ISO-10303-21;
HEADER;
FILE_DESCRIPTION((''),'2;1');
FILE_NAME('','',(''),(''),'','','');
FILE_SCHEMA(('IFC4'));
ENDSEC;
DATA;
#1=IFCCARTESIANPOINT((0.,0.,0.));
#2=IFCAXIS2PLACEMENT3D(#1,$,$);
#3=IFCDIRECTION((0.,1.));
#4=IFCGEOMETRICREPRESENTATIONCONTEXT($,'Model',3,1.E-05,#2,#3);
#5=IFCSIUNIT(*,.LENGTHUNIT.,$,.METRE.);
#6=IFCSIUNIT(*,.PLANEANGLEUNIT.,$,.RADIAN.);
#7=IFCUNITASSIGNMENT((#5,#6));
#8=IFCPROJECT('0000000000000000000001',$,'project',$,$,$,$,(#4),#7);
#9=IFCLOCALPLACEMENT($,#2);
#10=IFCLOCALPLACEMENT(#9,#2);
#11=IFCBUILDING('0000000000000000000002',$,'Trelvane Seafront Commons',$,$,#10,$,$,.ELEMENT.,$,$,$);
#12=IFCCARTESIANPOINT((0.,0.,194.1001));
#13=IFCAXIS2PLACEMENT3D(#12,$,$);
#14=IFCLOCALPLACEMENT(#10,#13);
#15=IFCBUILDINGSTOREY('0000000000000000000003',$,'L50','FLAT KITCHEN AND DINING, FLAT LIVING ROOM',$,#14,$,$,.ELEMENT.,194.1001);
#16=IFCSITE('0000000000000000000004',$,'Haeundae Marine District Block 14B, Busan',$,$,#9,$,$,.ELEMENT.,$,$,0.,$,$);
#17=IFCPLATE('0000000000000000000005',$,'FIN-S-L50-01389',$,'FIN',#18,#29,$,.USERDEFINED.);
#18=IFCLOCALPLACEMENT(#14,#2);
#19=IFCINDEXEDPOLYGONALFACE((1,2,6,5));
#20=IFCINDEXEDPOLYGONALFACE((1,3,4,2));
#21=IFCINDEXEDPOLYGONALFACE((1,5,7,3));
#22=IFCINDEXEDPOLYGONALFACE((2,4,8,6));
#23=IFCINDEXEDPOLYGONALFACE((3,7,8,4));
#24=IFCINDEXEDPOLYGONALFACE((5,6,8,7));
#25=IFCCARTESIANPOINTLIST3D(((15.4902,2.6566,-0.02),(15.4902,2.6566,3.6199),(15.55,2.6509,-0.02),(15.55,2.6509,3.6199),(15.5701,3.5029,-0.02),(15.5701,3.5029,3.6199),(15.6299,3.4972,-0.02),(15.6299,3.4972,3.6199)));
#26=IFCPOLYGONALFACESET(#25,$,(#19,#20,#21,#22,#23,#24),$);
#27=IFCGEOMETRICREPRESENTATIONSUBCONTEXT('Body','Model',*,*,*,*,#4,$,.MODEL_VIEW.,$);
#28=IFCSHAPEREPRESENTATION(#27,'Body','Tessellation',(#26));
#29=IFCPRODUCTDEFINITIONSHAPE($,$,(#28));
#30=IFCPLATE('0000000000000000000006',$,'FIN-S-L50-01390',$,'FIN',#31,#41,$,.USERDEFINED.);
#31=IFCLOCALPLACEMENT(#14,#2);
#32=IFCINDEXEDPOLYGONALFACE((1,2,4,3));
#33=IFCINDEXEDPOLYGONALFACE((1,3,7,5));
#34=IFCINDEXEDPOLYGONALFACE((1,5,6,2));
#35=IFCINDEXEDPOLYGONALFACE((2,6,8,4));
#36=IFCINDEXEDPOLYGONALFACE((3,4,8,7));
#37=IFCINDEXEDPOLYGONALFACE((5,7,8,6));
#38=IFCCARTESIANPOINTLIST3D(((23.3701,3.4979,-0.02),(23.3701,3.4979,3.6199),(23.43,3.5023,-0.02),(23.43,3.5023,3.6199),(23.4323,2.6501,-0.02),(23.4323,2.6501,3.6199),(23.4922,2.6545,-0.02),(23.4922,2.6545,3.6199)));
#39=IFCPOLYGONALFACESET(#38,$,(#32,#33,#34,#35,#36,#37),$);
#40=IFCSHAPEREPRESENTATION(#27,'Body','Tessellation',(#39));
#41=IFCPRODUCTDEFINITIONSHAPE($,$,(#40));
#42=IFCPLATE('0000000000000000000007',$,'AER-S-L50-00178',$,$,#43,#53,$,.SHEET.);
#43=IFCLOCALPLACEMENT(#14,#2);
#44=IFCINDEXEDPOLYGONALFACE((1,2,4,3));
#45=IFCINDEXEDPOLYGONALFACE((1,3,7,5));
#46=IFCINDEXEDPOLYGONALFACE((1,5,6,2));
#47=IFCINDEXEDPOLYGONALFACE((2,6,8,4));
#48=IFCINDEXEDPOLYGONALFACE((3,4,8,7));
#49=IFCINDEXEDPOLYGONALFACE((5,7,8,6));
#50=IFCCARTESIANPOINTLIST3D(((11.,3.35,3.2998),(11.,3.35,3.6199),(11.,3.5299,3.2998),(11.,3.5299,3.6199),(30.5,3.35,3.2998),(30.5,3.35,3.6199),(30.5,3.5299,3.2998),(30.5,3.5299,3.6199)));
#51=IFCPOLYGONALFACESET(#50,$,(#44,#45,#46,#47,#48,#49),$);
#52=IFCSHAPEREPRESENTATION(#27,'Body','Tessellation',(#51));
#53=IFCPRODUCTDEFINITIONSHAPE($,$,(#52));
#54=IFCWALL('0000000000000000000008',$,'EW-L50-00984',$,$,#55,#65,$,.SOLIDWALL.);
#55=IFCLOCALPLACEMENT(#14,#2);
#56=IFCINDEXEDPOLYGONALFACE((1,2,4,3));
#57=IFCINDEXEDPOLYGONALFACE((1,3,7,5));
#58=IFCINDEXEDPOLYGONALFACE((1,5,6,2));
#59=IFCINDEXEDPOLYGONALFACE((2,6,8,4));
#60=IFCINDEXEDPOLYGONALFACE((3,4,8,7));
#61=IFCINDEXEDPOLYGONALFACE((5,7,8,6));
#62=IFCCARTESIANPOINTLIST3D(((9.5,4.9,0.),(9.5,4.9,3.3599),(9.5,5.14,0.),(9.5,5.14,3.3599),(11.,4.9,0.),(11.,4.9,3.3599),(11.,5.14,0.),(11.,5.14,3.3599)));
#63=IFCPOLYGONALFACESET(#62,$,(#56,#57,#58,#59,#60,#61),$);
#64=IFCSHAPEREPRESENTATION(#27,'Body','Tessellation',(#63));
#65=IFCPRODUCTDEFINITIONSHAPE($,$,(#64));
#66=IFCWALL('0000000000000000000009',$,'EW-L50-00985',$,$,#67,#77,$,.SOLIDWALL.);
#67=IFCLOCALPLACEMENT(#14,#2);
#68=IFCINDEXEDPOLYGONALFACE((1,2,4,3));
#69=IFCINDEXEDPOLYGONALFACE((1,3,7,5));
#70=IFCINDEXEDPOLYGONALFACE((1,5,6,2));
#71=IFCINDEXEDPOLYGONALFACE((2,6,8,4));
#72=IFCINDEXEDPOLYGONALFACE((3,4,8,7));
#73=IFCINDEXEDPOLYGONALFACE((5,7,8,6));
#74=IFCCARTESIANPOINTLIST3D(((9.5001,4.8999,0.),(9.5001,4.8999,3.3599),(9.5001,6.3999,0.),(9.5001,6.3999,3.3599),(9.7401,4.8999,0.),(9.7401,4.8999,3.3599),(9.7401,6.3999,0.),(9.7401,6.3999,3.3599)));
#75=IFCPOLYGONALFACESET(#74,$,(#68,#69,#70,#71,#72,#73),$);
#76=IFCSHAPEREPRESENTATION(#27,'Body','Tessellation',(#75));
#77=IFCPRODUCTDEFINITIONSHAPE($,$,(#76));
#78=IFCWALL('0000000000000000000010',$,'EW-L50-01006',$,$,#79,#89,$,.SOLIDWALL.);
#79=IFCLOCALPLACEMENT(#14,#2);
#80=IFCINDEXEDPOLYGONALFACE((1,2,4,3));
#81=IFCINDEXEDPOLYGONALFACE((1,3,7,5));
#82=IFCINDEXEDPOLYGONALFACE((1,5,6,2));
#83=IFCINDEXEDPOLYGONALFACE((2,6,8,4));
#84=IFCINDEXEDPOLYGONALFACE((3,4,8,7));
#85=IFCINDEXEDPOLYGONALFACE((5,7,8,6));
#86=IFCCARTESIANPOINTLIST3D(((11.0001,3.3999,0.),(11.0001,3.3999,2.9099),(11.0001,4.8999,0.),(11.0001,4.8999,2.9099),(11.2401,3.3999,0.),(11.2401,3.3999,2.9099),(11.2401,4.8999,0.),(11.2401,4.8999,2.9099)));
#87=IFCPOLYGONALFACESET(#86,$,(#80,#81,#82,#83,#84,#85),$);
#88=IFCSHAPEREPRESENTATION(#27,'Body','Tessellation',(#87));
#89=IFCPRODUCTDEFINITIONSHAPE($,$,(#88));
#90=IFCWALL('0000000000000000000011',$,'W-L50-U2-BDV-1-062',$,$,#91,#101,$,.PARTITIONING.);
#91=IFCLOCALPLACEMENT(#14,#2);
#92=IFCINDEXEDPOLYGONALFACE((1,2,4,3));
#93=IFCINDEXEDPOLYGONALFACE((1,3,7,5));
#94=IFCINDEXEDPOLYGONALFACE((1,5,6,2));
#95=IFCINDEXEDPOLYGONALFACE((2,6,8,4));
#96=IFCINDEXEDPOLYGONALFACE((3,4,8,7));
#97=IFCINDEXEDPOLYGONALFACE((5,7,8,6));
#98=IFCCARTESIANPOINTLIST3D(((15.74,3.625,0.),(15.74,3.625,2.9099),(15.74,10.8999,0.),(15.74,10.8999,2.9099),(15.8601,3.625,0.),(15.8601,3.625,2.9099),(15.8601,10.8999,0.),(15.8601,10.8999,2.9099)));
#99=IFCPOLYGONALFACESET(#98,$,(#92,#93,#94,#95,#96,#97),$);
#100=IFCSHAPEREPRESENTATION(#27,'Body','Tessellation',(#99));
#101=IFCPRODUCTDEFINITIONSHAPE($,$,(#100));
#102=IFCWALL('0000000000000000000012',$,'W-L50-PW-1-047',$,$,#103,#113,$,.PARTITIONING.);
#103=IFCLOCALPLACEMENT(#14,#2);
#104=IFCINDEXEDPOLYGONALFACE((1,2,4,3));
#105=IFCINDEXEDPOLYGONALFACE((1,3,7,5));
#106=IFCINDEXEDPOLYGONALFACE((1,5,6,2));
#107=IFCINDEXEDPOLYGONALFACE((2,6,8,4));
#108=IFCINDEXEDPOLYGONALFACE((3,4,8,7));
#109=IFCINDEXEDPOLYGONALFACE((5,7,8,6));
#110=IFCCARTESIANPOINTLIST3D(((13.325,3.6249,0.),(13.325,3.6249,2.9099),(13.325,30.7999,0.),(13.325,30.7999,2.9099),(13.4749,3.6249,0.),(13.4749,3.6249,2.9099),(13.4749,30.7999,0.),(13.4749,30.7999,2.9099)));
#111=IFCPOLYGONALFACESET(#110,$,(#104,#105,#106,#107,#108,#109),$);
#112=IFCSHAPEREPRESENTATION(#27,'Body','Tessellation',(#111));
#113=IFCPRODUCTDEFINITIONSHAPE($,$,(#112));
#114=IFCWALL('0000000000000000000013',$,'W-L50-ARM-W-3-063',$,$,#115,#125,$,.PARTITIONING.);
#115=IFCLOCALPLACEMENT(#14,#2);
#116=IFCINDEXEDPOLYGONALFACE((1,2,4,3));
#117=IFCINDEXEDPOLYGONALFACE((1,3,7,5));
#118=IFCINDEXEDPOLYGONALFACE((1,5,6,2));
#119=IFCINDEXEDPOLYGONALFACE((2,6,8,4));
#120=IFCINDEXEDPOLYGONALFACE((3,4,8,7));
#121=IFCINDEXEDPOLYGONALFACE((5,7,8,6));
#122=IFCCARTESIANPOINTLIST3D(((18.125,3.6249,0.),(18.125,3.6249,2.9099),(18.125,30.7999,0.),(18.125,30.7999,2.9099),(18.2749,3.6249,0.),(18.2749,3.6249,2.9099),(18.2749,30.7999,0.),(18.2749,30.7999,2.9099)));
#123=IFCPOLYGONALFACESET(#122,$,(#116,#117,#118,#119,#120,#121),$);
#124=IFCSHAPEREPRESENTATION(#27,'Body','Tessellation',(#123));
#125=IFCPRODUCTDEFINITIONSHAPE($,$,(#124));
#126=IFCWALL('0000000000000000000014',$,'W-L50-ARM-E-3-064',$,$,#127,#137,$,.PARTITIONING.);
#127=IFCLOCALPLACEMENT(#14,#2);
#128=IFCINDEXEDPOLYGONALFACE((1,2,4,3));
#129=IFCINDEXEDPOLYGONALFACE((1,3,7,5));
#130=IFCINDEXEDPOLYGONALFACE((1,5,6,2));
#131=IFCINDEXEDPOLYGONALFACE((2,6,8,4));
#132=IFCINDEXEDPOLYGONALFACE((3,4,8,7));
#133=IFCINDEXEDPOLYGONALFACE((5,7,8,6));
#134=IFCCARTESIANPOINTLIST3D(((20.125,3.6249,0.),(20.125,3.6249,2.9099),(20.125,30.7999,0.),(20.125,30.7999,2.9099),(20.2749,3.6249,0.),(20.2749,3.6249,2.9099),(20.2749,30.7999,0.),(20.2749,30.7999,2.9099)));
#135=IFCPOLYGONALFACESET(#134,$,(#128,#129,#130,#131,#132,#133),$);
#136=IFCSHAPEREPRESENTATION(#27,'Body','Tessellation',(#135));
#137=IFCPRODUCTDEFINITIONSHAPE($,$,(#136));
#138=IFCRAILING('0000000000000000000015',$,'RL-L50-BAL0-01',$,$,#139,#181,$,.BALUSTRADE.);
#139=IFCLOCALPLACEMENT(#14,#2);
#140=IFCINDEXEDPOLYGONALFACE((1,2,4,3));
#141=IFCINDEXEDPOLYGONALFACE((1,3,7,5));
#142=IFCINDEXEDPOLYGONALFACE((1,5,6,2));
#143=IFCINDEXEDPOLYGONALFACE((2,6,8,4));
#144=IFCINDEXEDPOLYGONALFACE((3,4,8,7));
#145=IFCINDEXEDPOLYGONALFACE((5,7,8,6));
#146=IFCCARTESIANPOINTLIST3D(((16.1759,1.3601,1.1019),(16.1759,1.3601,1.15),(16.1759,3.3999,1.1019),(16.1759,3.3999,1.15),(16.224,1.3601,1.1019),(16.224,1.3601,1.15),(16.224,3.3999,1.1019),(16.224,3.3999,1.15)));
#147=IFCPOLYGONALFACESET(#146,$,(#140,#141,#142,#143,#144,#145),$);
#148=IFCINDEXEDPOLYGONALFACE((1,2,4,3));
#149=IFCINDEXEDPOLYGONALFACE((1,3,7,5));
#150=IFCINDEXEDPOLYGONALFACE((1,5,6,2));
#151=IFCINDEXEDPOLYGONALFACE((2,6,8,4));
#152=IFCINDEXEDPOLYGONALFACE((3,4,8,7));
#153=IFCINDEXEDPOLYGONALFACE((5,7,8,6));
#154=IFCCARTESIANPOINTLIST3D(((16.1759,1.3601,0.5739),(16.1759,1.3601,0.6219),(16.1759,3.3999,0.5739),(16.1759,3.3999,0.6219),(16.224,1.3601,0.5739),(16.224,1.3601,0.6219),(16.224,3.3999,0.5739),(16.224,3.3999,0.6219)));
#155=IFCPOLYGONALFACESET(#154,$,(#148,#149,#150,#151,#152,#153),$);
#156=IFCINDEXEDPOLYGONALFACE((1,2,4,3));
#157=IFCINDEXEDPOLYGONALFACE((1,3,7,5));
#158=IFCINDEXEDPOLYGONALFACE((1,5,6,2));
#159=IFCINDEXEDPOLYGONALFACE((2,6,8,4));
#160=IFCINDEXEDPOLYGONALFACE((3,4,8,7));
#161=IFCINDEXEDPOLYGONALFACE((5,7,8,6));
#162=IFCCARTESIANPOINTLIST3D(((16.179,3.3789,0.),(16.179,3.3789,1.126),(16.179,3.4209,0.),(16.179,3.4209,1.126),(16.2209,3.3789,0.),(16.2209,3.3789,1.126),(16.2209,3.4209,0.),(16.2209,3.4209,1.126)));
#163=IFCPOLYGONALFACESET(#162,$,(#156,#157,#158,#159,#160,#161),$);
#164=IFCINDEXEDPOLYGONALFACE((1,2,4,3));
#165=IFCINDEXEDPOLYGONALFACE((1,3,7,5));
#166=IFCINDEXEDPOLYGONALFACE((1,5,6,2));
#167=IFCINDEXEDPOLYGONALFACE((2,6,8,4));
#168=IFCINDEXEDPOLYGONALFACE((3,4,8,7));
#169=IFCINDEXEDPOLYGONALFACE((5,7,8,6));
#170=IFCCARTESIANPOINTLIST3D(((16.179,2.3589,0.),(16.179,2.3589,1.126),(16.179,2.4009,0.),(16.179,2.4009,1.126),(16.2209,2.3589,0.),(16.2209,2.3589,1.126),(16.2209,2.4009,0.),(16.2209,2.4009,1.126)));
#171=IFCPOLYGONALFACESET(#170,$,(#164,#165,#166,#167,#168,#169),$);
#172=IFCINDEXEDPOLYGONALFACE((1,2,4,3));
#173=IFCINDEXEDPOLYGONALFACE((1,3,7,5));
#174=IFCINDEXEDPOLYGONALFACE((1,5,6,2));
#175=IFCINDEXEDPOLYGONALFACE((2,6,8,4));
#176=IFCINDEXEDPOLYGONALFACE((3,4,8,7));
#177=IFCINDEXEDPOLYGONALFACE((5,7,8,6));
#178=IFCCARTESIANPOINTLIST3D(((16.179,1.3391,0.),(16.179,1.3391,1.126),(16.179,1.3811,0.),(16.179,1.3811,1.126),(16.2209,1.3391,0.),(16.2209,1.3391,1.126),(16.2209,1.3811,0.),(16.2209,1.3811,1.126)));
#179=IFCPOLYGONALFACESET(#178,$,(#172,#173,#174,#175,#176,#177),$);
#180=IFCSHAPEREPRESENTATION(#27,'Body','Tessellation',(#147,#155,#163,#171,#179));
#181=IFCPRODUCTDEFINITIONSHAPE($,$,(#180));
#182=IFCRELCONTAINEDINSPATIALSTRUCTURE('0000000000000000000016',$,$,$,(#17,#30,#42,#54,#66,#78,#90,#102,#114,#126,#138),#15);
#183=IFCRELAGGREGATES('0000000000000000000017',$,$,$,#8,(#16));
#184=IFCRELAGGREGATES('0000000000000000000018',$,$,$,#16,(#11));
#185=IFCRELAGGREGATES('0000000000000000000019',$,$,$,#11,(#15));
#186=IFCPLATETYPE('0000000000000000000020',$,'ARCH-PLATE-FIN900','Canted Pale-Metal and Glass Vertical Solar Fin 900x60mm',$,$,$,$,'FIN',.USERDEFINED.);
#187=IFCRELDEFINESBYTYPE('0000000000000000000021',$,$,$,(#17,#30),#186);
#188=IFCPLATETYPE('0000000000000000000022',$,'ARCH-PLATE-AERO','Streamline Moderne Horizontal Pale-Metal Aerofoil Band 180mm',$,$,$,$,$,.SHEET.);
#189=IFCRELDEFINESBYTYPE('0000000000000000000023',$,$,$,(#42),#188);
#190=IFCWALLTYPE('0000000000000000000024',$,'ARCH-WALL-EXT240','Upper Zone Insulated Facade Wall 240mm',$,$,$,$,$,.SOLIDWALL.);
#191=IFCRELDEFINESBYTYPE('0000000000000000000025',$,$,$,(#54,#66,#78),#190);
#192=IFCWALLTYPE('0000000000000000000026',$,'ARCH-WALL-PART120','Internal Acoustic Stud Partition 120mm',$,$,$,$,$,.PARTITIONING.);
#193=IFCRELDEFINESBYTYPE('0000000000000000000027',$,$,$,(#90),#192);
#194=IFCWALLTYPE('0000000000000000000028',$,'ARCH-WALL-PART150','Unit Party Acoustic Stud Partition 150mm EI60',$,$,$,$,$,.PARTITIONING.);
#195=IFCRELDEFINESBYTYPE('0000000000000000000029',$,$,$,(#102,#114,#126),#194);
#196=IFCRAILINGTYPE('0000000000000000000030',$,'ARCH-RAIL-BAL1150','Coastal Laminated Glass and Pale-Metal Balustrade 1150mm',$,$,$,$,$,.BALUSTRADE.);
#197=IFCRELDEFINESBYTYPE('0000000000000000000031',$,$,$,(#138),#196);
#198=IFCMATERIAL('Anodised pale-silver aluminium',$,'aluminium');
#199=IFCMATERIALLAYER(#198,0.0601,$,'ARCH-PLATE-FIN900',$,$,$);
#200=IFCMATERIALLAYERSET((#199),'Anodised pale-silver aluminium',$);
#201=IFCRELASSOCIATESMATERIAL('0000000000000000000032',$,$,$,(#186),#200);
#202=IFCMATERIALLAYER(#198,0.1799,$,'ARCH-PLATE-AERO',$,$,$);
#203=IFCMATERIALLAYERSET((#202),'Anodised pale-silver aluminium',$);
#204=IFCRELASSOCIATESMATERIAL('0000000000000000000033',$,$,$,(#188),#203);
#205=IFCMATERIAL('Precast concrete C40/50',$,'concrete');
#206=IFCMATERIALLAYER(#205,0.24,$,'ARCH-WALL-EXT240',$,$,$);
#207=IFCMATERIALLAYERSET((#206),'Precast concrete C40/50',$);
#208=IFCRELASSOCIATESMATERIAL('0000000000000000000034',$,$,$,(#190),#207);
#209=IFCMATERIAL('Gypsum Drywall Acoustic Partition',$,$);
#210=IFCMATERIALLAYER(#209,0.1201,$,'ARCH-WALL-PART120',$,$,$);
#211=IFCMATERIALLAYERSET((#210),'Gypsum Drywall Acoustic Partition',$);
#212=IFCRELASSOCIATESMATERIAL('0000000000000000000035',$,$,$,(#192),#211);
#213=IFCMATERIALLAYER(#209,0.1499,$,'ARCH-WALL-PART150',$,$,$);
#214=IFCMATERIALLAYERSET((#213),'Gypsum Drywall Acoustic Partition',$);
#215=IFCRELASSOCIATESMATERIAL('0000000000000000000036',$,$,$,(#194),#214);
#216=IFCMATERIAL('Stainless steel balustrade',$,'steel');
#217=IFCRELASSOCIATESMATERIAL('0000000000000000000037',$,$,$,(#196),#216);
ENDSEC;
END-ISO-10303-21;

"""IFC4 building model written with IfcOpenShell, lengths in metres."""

from ifc_helpers import new_model, si_unit, direction, frame, frame_2d, origin, origin_2d, place, context, subcontext, project, spatial, rectangle, extrude, source, transform, mapped, material, layer, layer_set, type_object, element, save


model = new_model("IFC4")

# Units and contexts
model_context = context("Model", 3, precision=1e-05, world=origin(), true_north=direction((0.0, 1.0)))
body_context = subcontext(model_context, "Body", "Model", "MODEL_VIEW")
ifc_project = project(units=[si_unit("LENGTHUNIT", "METRE"), si_unit("PLANEANGLEUNIT", "RADIAN")], contexts=[model_context])

# Site, building, storey
site_placement = place(None, origin())
site = spatial("IfcSite", under=ifc_project, at=site_placement, Name="Haeundae Marine District Block 14B, Busan", CompositionType="ELEMENT", RefElevation=0.0)
building_placement = place(site_placement, origin())
building = spatial("IfcBuilding", under=site, at=building_placement, Name="Trelvane Seafront Commons", CompositionType="ELEMENT")
storey_placement = place(building_placement, frame((0.0, 0.0, 194.1001)))
storey = spatial("IfcBuildingStorey", under=building, at=storey_placement, Name="L50", Description="FLAT KITCHEN AND DINING, FLAT LIVING ROOM", CompositionType="ELEMENT", Elevation=194.1001)

# Plates
ifc_material_1 = material(Name="Anodised pale-silver aluminium", Category="aluminium")
ifc_layer_1 = layer(ifc_material_1, 0.0601, Name="ARCH-PLATE-FIN900")
ifc_layer_set_1 = layer_set([ifc_layer_1], Name="Anodised pale-silver aluminium")
plate_type_1 = type_object("IfcPlateType", Name="ARCH-PLATE-FIN900", Description="Canted Pale-Metal and Glass Vertical Solar Fin 900x60mm", ElementType="FIN", PredefinedType="USERDEFINED", material=ifc_layer_set_1)
shared_shape_1 = source(origin(), body_context, "Body", "SweptSolid", [
    extrude(rectangle(XDim=0.8501, YDim=0.0601, at=origin_2d()), origin(), (0.0, 0.0, 1.0), 3.6399),
])
for number, where, z_axis, x_axis, name in (
    (1, (15.5601, 3.0769, -0.02), (0.0, 0.0, 1.0), (-0.094004, -0.995572, 0.0), "FIN-S-L50-01389"),
    (2, (23.4312, 3.0762, -0.02), (0.0, 0.0, 1.0), (0.073179, -0.997319, 0.0), "FIN-S-L50-01390"),
):
    element("IfcPlate", number, at=place(storey_placement, frame(where, z_axis=z_axis, x_axis=x_axis)), inside=storey, type_object=plate_type_1, Name=name, ObjectType="FIN", PredefinedType="USERDEFINED", context=body_context, shape_type="MappedRepresentation", body=[
        mapped(shared_shape_1, transform((0.0, 0.0, 0.0), x_axis=(1.0, 0.0, 0.0), y_axis=(0.0, 1.0, 0.0), z_axis=(0.0, 0.0, 1.0), scale=1.0)),
    ])
ifc_layer_2 = layer(ifc_material_1, 0.1799, Name="ARCH-PLATE-AERO")
ifc_layer_set_2 = layer_set([ifc_layer_2], Name="Anodised pale-silver aluminium")
plate_type_2 = type_object("IfcPlateType", Name="ARCH-PLATE-AERO", Description="Streamline Moderne Horizontal Pale-Metal Aerofoil Band 180mm", PredefinedType="SHEET", material=ifc_layer_set_2)
shared_shape_2 = source(origin(), body_context, "Body", "SweptSolid", [
    extrude(rectangle(XDim=19.5, YDim=0.1799, at=origin_2d()), origin(), (0.0, 0.0, 1.0), 0.3201),
])
plate_1_placement = place(storey_placement, frame((20.75, 3.4399, 3.2998), z_axis=(0.0, 0.0, 1.0), x_axis=(-1.0, 0.0, 0.0)))
element("IfcPlate", 3, at=plate_1_placement, inside=storey, type_object=plate_type_2, Name="AER-S-L50-00178", PredefinedType="SHEET", context=body_context, shape_type="MappedRepresentation", body=[
    mapped(shared_shape_2, transform((0.0, 0.0, 0.0), x_axis=(1.0, 0.0, 0.0), y_axis=(0.0, 1.0, 0.0), z_axis=(0.0, 0.0, 1.0), scale=1.0)),
])

# Walls
ifc_material_2 = material(Name="Precast concrete C40/50", Category="concrete")
ifc_layer_3 = layer(ifc_material_2, 0.24, Name="ARCH-WALL-EXT240")
ifc_layer_set_3 = layer_set([ifc_layer_3], Name="Precast concrete C40/50")
wall_type_1 = type_object("IfcWallType", Name="ARCH-WALL-EXT240", Description="Upper Zone Insulated Facade Wall 240mm", PredefinedType="SOLIDWALL", material=ifc_layer_set_3)
for number, where, z_axis, x_axis, name in (
    (4, (11.0, 5.02, 0.0), (0.0, 0.0, 1.0), (-1.0, 0.0, 0.0), "EW-L50-00984"),
    (5, (9.6201, 4.8999, 0.0), (0.0, 0.0, 1.0), (0.0, 1.0, 0.0), "EW-L50-00985"),
):
    element("IfcWall", number, at=place(storey_placement, frame(where, z_axis=z_axis, x_axis=x_axis)), inside=storey, type_object=wall_type_1, Name=name, PredefinedType="SOLIDWALL", context=body_context, shape_type="SweptSolid", body=[
        extrude(rectangle(XDim=1.5, YDim=0.24, at=frame_2d((0.75, 0.0))), origin(), (0.0, 0.0, 1.0), 3.3599),
    ])
wall_1_placement = place(storey_placement, frame((11.1201, 3.3999, 0.0), z_axis=(0.0, 0.0, 1.0), x_axis=(0.0, 1.0, 0.0)))
element("IfcWall", 6, at=wall_1_placement, inside=storey, type_object=wall_type_1, Name="EW-L50-01006", PredefinedType="SOLIDWALL", context=body_context, shape_type="SweptSolid", body=[
    extrude(rectangle(XDim=1.5, YDim=0.24, at=frame_2d((0.75, 0.0))), origin(), (0.0, 0.0, 1.0), 2.9099),
])
ifc_material_3 = material(Name="Gypsum Drywall Acoustic Partition")
ifc_layer_4 = layer(ifc_material_3, 0.1201, Name="ARCH-WALL-PART120")
ifc_layer_set_4 = layer_set([ifc_layer_4], Name="Gypsum Drywall Acoustic Partition")
wall_type_2 = type_object("IfcWallType", Name="ARCH-WALL-PART120", Description="Internal Acoustic Stud Partition 120mm", PredefinedType="PARTITIONING", material=ifc_layer_set_4)
wall_2_placement = place(storey_placement, frame((15.8, 3.625, 0.0), z_axis=(0.0, 0.0, 1.0), x_axis=(0.0, 1.0, 0.0)))
element("IfcWall", 7, at=wall_2_placement, inside=storey, type_object=wall_type_2, Name="W-L50-U2-BDV-1-062", PredefinedType="PARTITIONING", context=body_context, shape_type="SweptSolid", body=[
    extrude(rectangle(XDim=7.2749, YDim=0.1201, at=frame_2d((3.6375, 0.0))), origin(), (0.0, 0.0, 1.0), 2.9099),
])
ifc_layer_5 = layer(ifc_material_3, 0.1499, Name="ARCH-WALL-PART150")
ifc_layer_set_5 = layer_set([ifc_layer_5], Name="Gypsum Drywall Acoustic Partition")
wall_type_3 = type_object("IfcWallType", Name="ARCH-WALL-PART150", Description="Unit Party Acoustic Stud Partition 150mm EI60", PredefinedType="PARTITIONING", material=ifc_layer_set_5)
for number, where, z_axis, x_axis, name in (
    (8, (13.3999, 3.625, 0.0), (0.0, 0.0, 1.0), (0.0, 1.0, 0.0), "W-L50-PW-1-047"),
    (9, (18.2, 3.625, 0.0), (0.0, 0.0, 1.0), (0.0, 1.0, 0.0), "W-L50-ARM-W-3-063"),
    (10, (20.2, 3.625, 0.0), (0.0, 0.0, 1.0), (0.0, 1.0, 0.0), "W-L50-ARM-E-3-064"),
):
    element("IfcWall", number, at=place(storey_placement, frame(where, z_axis=z_axis, x_axis=x_axis)), inside=storey, type_object=wall_type_3, Name=name, PredefinedType="PARTITIONING", context=body_context, shape_type="SweptSolid", body=[
        extrude(rectangle(XDim=27.175, YDim=0.1499, at=frame_2d((13.5874, 0.0))), origin(), (0.0, 0.0, 1.0), 2.9099),
    ])

# Railing
ifc_material_4 = material(Name="Stainless steel balustrade", Category="steel")
railing_type = type_object("IfcRailingType", Name="ARCH-RAIL-BAL1150", Description="Coastal Laminated Glass and Pale-Metal Balustrade 1150mm", PredefinedType="BALUSTRADE", material=ifc_material_4)
railing_1_placement = place(storey_placement, frame((16.2, 3.3999, 0.0)))
element("IfcRailing", 11, at=railing_1_placement, inside=storey, type_object=railing_type, Name="RL-L50-BAL0-01", PredefinedType="BALUSTRADE", context=body_context, shape_type="SweptSolid", body=[
    extrude(rectangle(XDim=0.0481, YDim=0.0481, at=origin_2d()), frame((0.0, 0.0, 1.126), z_axis=(0.0, -1.0, 0.0), x_axis=(1.0, 0.0, 0.0)), (0.0, 0.0, 1.0), 2.0398),
    extrude(rectangle(XDim=0.0481, YDim=0.0481, at=origin_2d()), frame((0.0, 0.0, 0.5979), z_axis=(0.0, -1.0, 0.0), x_axis=(1.0, 0.0, 0.0)), (0.0, 0.0, 1.0), 2.0398),
    extrude(rectangle(XDim=0.042, YDim=0.042, at=origin_2d()), origin(), (0.0, 0.0, 1.0), 1.126),
    extrude(rectangle(XDim=0.042, YDim=0.042, at=origin_2d()), frame((0.0, -1.02, 0.0)), (0.0, 0.0, 1.0), 1.126),
    extrude(rectangle(XDim=0.042, YDim=0.042, at=origin_2d()), frame((0.0, -2.0398, 0.0)), (0.0, 0.0, 1.0), 1.126),
])

save(model, "model.ifc")
